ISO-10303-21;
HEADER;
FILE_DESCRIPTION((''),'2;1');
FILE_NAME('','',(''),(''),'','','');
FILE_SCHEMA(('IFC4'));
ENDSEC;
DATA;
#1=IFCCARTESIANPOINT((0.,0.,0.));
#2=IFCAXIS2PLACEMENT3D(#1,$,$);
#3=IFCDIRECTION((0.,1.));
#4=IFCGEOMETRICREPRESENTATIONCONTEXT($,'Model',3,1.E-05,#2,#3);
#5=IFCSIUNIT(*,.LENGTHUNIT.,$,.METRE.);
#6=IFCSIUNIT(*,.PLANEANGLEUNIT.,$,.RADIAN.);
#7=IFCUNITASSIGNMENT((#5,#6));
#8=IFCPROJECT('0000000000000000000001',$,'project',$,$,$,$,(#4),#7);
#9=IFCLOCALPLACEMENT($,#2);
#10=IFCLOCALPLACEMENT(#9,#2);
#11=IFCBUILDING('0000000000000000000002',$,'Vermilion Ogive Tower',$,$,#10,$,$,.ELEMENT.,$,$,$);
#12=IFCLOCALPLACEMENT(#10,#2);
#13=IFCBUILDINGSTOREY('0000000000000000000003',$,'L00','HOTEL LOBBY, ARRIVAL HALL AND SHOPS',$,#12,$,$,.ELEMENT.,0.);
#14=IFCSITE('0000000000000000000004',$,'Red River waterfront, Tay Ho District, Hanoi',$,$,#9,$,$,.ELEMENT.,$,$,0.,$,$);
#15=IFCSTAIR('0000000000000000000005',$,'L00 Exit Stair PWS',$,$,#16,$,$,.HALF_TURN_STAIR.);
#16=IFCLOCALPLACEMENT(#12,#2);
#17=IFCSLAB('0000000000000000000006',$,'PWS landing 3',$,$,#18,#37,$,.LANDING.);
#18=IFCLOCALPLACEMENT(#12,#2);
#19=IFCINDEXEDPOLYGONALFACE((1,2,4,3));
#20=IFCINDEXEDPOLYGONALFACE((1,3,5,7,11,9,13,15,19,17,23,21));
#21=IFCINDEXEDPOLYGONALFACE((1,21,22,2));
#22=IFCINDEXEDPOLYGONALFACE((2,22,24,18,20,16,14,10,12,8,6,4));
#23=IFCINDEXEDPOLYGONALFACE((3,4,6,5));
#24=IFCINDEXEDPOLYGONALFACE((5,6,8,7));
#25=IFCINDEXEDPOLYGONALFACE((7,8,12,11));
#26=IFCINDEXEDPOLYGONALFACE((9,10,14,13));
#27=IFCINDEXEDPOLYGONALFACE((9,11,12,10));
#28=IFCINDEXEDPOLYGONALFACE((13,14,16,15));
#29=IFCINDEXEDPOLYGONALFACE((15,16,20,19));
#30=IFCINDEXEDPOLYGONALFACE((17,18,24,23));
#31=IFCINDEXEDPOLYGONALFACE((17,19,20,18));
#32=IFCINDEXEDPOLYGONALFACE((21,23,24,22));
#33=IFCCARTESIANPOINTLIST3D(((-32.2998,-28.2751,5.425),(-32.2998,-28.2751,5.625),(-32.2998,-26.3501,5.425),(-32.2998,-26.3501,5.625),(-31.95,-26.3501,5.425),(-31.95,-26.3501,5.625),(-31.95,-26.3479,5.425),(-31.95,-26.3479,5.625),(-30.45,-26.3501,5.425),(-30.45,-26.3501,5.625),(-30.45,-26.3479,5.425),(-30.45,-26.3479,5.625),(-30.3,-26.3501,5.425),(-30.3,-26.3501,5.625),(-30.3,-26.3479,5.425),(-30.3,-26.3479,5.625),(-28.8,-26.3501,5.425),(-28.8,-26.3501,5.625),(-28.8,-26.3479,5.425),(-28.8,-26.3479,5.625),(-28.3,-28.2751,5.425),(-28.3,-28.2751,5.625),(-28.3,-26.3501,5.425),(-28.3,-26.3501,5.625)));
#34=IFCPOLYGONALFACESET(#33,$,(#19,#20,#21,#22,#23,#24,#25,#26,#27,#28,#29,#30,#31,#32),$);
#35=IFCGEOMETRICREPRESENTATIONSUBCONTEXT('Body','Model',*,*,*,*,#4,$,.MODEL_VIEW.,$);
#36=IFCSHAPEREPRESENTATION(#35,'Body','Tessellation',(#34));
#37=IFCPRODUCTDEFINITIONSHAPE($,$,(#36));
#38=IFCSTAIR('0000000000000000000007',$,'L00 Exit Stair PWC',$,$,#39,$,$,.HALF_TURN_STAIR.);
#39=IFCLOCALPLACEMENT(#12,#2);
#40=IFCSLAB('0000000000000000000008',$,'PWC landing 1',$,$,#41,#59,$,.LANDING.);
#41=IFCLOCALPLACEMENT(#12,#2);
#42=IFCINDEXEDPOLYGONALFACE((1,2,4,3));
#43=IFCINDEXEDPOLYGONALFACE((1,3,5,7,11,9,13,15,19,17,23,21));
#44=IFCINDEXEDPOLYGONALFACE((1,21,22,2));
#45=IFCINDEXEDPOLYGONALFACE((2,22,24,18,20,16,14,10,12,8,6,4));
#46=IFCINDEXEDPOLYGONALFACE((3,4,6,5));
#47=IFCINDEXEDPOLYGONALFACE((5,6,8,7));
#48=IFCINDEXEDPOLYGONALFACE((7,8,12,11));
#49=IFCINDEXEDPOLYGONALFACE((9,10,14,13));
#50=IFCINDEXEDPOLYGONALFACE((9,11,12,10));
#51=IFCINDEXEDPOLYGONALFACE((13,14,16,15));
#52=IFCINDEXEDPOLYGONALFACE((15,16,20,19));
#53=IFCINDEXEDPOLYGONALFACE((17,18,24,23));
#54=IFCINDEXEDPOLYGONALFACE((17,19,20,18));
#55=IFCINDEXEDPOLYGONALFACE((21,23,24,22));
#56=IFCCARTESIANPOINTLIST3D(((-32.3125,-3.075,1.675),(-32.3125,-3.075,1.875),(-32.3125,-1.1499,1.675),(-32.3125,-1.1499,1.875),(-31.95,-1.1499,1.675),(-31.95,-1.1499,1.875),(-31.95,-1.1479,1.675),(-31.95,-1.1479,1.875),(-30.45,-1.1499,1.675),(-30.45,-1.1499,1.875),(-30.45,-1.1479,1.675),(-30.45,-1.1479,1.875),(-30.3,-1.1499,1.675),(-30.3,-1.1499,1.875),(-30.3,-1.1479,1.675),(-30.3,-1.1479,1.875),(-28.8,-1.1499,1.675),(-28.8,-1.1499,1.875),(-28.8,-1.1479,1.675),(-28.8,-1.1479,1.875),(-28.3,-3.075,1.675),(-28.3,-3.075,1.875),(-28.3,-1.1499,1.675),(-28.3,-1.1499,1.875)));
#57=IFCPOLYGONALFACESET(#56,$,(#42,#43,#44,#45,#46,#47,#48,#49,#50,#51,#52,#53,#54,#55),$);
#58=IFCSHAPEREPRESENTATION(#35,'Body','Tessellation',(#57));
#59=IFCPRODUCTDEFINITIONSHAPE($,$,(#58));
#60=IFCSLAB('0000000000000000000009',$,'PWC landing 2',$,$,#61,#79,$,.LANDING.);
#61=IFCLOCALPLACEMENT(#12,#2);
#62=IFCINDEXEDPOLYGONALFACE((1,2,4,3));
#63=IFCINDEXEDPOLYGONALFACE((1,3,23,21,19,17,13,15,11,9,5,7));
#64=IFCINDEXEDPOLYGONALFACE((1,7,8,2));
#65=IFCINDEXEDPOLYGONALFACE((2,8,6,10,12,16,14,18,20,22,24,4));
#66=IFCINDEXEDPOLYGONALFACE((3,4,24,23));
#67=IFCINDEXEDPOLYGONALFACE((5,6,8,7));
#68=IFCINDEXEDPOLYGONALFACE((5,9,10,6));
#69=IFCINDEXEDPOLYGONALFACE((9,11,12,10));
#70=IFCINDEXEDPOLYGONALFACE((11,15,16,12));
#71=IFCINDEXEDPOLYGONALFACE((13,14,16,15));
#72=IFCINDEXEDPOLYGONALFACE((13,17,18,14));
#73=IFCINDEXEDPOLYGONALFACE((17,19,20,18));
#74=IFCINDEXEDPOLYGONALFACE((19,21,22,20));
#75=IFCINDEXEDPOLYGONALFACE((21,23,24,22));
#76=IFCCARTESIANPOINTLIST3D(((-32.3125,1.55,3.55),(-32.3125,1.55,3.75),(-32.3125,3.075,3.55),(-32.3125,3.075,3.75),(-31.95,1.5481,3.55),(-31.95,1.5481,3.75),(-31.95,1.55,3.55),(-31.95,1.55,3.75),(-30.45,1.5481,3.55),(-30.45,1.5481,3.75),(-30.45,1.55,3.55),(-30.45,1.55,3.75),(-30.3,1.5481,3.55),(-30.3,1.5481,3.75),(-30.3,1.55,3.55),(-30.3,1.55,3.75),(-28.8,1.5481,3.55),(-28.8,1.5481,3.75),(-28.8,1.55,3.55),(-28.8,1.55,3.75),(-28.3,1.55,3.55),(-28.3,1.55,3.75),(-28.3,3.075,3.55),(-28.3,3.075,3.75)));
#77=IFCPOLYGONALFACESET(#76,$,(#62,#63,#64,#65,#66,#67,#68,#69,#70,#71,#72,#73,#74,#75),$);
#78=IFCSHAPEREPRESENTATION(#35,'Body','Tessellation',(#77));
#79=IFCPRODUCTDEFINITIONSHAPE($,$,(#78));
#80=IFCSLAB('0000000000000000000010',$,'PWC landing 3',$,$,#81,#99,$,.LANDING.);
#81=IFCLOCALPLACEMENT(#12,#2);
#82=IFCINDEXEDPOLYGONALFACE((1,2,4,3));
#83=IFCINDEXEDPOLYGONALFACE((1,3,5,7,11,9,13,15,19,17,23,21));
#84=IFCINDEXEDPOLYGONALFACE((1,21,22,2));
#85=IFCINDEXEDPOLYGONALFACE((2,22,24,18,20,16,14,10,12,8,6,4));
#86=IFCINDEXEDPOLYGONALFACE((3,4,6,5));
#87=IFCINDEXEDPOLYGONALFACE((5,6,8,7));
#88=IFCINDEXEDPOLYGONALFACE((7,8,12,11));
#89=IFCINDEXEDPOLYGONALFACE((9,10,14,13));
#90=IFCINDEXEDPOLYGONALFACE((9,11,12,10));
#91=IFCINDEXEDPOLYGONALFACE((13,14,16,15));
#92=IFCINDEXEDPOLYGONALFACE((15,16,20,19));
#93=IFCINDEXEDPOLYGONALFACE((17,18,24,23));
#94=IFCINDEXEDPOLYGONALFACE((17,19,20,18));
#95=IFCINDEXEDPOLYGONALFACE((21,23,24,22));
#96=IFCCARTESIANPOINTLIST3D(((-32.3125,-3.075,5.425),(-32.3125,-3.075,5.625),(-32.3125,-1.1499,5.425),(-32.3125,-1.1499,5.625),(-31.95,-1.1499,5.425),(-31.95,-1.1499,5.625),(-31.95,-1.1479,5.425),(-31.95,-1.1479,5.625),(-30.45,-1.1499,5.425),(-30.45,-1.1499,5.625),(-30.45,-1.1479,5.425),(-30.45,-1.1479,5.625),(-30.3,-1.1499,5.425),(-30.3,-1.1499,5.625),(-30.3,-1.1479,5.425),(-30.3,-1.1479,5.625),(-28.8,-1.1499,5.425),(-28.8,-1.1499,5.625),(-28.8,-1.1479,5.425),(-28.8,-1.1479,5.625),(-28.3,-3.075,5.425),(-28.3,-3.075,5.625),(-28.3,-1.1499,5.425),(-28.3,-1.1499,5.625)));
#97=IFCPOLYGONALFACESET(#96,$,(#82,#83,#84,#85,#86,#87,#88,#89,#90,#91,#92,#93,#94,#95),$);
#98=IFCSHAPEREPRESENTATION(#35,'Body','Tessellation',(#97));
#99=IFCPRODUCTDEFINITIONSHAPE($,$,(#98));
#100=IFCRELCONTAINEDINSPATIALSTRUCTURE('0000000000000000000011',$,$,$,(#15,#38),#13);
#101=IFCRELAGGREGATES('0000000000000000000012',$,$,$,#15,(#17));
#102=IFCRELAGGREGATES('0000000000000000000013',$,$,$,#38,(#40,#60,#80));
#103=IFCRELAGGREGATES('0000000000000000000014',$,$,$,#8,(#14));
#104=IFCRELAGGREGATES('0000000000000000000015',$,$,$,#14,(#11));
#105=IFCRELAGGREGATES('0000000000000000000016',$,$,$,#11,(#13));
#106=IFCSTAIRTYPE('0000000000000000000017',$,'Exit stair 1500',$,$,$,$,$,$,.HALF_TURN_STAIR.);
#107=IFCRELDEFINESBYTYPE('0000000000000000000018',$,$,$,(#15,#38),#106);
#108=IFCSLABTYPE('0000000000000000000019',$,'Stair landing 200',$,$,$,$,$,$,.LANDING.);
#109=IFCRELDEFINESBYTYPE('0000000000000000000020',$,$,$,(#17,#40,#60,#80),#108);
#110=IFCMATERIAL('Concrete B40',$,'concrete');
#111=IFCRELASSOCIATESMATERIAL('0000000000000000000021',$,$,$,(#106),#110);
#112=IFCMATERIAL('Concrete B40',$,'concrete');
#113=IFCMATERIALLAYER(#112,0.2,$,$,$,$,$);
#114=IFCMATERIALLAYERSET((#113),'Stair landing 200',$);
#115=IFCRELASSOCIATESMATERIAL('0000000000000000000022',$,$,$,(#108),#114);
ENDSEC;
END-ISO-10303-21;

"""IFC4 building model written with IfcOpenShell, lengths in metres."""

from ifc_helpers import new_model, si_unit, direction, frame, origin, place, context, subcontext, project, spatial, polyline, outline, extrude, material, layer, layer_set, type_object, element, aggregate, save


model = new_model("IFC4")

# Units and contexts
model_context = context("Model", 3, precision=1e-05, world=origin(), true_north=direction((0.0, 1.0)))
body_context = subcontext(model_context, "Body", "Model", "MODEL_VIEW")
ifc_project = project(units=[si_unit("LENGTHUNIT", "METRE"), si_unit("PLANEANGLEUNIT", "RADIAN")], contexts=[model_context])

# Site, building, storey
site_placement = place(None, origin())
site = spatial("IfcSite", under=ifc_project, at=site_placement, Name="Red River waterfront, Tay Ho District, Hanoi", CompositionType="ELEMENT", RefElevation=0.0)
building_placement = place(site_placement, origin())
building = spatial("IfcBuilding", under=site, at=building_placement, Name="Vermilion Ogive Tower", CompositionType="ELEMENT")
storey_placement = place(building_placement, origin())
storey = spatial("IfcBuildingStorey", under=building, at=storey_placement, Name="L00", Description="HOTEL LOBBY, ARRIVAL HALL AND SHOPS", CompositionType="ELEMENT", Elevation=0.0)

# Stairs, slabs
ifc_material_1 = material(Name="Concrete B40", Category="concrete")
stair_type = type_object("IfcStairType", Name="Exit stair 1500", PredefinedType="HALF_TURN_STAIR", material=ifc_material_1)
ifc_material_2 = material(Name="Concrete B40", Category="concrete")
ifc_layer_1 = layer(ifc_material_2, 0.2)
ifc_layer_set_1 = layer_set([ifc_layer_1], Name="Stair landing 200")
slab_type_1 = type_object("IfcSlabType", Name="Stair landing 200", PredefinedType="LANDING", material=ifc_layer_set_1)
stair_1_placement = place(storey_placement, origin())
stair_1 = element("IfcStair", 1, at=stair_1_placement, inside=storey, type_object=stair_type, Name="L00 Exit Stair PWS", PredefinedType="HALF_TURN_STAIR")
slab_1_placement = place(storey_placement, frame((0.0, 0.0, 5.425)))
slab_1 = element("IfcSlab", 2, at=slab_1_placement, type_object=slab_type_1, Name="PWS landing 3", PredefinedType="LANDING", context=body_context, shape_type="SweptSolid", body=[
    extrude(outline(polyline([(-28.3, -26.3501), (-28.8, -26.3501), (-28.8, -26.3479), (-30.3, -26.3479), (-30.3, -26.3501), (-30.45, -26.3501), (-30.45, -26.3479), (-31.95, -26.3479), (-31.95, -26.3501), (-32.2998, -26.3501), (-32.2998, -28.2751), (-28.3, -28.2751), (-28.3, -26.3501)])), origin(), (0.0, 0.0, 1.0), 0.2),
])
aggregate(stair_1, [slab_1])
stair_2_placement = place(storey_placement, origin())
stair_2 = element("IfcStair", 3, at=stair_2_placement, inside=storey, type_object=stair_type, Name="L00 Exit Stair PWC", PredefinedType="HALF_TURN_STAIR")
slab_2_placement = place(storey_placement, frame((0.0, 0.0, 1.675)))
slab_2 = element("IfcSlab", 4, at=slab_2_placement, type_object=slab_type_1, Name="PWC landing 1", PredefinedType="LANDING", context=body_context, shape_type="SweptSolid", body=[
    extrude(outline(polyline([(-28.3, -1.1499), (-28.8, -1.1499), (-28.8, -1.1479), (-30.3, -1.1479), (-30.3, -1.1499), (-30.45, -1.1499), (-30.45, -1.1479), (-31.95, -1.1479), (-31.95, -1.1499), (-32.3125, -1.1499), (-32.3125, -3.075), (-28.3, -3.075), (-28.3, -1.1499)])), origin(), (0.0, 0.0, 1.0), 0.2),
])
slab_3_placement = place(storey_placement, frame((0.0, 0.0, 3.55)))
slab_3 = element("IfcSlab", 5, at=slab_3_placement, type_object=slab_type_1, Name="PWC landing 2", PredefinedType="LANDING", context=body_context, shape_type="SweptSolid", body=[
    extrude(outline(polyline([(-32.3125, 1.55), (-31.95, 1.55), (-31.95, 1.5481), (-30.45, 1.5481), (-30.45, 1.55), (-30.3, 1.55), (-30.3, 1.5481), (-28.8, 1.5481), (-28.8, 1.55), (-28.3, 1.55), (-28.3, 3.075), (-32.3125, 3.075), (-32.3125, 1.55)])), origin(), (0.0, 0.0, 1.0), 0.2),
])
slab_4_placement = place(storey_placement, frame((0.0, 0.0, 5.425)))
slab_4 = element("IfcSlab", 6, at=slab_4_placement, type_object=slab_type_1, Name="PWC landing 3", PredefinedType="LANDING", context=body_context, shape_type="SweptSolid", body=[
    extrude(outline(polyline([(-28.3, -1.1499), (-28.8, -1.1499), (-28.8, -1.1479), (-30.3, -1.1479), (-30.3, -1.1499), (-30.45, -1.1499), (-30.45, -1.1479), (-31.95, -1.1479), (-31.95, -1.1499), (-32.3125, -1.1499), (-32.3125, -3.075), (-28.3, -3.075), (-28.3, -1.1499)])), origin(), (0.0, 0.0, 1.0), 0.2),
])
aggregate(stair_2, [slab_2, slab_3, slab_4])

save(model, "model.ifc")
